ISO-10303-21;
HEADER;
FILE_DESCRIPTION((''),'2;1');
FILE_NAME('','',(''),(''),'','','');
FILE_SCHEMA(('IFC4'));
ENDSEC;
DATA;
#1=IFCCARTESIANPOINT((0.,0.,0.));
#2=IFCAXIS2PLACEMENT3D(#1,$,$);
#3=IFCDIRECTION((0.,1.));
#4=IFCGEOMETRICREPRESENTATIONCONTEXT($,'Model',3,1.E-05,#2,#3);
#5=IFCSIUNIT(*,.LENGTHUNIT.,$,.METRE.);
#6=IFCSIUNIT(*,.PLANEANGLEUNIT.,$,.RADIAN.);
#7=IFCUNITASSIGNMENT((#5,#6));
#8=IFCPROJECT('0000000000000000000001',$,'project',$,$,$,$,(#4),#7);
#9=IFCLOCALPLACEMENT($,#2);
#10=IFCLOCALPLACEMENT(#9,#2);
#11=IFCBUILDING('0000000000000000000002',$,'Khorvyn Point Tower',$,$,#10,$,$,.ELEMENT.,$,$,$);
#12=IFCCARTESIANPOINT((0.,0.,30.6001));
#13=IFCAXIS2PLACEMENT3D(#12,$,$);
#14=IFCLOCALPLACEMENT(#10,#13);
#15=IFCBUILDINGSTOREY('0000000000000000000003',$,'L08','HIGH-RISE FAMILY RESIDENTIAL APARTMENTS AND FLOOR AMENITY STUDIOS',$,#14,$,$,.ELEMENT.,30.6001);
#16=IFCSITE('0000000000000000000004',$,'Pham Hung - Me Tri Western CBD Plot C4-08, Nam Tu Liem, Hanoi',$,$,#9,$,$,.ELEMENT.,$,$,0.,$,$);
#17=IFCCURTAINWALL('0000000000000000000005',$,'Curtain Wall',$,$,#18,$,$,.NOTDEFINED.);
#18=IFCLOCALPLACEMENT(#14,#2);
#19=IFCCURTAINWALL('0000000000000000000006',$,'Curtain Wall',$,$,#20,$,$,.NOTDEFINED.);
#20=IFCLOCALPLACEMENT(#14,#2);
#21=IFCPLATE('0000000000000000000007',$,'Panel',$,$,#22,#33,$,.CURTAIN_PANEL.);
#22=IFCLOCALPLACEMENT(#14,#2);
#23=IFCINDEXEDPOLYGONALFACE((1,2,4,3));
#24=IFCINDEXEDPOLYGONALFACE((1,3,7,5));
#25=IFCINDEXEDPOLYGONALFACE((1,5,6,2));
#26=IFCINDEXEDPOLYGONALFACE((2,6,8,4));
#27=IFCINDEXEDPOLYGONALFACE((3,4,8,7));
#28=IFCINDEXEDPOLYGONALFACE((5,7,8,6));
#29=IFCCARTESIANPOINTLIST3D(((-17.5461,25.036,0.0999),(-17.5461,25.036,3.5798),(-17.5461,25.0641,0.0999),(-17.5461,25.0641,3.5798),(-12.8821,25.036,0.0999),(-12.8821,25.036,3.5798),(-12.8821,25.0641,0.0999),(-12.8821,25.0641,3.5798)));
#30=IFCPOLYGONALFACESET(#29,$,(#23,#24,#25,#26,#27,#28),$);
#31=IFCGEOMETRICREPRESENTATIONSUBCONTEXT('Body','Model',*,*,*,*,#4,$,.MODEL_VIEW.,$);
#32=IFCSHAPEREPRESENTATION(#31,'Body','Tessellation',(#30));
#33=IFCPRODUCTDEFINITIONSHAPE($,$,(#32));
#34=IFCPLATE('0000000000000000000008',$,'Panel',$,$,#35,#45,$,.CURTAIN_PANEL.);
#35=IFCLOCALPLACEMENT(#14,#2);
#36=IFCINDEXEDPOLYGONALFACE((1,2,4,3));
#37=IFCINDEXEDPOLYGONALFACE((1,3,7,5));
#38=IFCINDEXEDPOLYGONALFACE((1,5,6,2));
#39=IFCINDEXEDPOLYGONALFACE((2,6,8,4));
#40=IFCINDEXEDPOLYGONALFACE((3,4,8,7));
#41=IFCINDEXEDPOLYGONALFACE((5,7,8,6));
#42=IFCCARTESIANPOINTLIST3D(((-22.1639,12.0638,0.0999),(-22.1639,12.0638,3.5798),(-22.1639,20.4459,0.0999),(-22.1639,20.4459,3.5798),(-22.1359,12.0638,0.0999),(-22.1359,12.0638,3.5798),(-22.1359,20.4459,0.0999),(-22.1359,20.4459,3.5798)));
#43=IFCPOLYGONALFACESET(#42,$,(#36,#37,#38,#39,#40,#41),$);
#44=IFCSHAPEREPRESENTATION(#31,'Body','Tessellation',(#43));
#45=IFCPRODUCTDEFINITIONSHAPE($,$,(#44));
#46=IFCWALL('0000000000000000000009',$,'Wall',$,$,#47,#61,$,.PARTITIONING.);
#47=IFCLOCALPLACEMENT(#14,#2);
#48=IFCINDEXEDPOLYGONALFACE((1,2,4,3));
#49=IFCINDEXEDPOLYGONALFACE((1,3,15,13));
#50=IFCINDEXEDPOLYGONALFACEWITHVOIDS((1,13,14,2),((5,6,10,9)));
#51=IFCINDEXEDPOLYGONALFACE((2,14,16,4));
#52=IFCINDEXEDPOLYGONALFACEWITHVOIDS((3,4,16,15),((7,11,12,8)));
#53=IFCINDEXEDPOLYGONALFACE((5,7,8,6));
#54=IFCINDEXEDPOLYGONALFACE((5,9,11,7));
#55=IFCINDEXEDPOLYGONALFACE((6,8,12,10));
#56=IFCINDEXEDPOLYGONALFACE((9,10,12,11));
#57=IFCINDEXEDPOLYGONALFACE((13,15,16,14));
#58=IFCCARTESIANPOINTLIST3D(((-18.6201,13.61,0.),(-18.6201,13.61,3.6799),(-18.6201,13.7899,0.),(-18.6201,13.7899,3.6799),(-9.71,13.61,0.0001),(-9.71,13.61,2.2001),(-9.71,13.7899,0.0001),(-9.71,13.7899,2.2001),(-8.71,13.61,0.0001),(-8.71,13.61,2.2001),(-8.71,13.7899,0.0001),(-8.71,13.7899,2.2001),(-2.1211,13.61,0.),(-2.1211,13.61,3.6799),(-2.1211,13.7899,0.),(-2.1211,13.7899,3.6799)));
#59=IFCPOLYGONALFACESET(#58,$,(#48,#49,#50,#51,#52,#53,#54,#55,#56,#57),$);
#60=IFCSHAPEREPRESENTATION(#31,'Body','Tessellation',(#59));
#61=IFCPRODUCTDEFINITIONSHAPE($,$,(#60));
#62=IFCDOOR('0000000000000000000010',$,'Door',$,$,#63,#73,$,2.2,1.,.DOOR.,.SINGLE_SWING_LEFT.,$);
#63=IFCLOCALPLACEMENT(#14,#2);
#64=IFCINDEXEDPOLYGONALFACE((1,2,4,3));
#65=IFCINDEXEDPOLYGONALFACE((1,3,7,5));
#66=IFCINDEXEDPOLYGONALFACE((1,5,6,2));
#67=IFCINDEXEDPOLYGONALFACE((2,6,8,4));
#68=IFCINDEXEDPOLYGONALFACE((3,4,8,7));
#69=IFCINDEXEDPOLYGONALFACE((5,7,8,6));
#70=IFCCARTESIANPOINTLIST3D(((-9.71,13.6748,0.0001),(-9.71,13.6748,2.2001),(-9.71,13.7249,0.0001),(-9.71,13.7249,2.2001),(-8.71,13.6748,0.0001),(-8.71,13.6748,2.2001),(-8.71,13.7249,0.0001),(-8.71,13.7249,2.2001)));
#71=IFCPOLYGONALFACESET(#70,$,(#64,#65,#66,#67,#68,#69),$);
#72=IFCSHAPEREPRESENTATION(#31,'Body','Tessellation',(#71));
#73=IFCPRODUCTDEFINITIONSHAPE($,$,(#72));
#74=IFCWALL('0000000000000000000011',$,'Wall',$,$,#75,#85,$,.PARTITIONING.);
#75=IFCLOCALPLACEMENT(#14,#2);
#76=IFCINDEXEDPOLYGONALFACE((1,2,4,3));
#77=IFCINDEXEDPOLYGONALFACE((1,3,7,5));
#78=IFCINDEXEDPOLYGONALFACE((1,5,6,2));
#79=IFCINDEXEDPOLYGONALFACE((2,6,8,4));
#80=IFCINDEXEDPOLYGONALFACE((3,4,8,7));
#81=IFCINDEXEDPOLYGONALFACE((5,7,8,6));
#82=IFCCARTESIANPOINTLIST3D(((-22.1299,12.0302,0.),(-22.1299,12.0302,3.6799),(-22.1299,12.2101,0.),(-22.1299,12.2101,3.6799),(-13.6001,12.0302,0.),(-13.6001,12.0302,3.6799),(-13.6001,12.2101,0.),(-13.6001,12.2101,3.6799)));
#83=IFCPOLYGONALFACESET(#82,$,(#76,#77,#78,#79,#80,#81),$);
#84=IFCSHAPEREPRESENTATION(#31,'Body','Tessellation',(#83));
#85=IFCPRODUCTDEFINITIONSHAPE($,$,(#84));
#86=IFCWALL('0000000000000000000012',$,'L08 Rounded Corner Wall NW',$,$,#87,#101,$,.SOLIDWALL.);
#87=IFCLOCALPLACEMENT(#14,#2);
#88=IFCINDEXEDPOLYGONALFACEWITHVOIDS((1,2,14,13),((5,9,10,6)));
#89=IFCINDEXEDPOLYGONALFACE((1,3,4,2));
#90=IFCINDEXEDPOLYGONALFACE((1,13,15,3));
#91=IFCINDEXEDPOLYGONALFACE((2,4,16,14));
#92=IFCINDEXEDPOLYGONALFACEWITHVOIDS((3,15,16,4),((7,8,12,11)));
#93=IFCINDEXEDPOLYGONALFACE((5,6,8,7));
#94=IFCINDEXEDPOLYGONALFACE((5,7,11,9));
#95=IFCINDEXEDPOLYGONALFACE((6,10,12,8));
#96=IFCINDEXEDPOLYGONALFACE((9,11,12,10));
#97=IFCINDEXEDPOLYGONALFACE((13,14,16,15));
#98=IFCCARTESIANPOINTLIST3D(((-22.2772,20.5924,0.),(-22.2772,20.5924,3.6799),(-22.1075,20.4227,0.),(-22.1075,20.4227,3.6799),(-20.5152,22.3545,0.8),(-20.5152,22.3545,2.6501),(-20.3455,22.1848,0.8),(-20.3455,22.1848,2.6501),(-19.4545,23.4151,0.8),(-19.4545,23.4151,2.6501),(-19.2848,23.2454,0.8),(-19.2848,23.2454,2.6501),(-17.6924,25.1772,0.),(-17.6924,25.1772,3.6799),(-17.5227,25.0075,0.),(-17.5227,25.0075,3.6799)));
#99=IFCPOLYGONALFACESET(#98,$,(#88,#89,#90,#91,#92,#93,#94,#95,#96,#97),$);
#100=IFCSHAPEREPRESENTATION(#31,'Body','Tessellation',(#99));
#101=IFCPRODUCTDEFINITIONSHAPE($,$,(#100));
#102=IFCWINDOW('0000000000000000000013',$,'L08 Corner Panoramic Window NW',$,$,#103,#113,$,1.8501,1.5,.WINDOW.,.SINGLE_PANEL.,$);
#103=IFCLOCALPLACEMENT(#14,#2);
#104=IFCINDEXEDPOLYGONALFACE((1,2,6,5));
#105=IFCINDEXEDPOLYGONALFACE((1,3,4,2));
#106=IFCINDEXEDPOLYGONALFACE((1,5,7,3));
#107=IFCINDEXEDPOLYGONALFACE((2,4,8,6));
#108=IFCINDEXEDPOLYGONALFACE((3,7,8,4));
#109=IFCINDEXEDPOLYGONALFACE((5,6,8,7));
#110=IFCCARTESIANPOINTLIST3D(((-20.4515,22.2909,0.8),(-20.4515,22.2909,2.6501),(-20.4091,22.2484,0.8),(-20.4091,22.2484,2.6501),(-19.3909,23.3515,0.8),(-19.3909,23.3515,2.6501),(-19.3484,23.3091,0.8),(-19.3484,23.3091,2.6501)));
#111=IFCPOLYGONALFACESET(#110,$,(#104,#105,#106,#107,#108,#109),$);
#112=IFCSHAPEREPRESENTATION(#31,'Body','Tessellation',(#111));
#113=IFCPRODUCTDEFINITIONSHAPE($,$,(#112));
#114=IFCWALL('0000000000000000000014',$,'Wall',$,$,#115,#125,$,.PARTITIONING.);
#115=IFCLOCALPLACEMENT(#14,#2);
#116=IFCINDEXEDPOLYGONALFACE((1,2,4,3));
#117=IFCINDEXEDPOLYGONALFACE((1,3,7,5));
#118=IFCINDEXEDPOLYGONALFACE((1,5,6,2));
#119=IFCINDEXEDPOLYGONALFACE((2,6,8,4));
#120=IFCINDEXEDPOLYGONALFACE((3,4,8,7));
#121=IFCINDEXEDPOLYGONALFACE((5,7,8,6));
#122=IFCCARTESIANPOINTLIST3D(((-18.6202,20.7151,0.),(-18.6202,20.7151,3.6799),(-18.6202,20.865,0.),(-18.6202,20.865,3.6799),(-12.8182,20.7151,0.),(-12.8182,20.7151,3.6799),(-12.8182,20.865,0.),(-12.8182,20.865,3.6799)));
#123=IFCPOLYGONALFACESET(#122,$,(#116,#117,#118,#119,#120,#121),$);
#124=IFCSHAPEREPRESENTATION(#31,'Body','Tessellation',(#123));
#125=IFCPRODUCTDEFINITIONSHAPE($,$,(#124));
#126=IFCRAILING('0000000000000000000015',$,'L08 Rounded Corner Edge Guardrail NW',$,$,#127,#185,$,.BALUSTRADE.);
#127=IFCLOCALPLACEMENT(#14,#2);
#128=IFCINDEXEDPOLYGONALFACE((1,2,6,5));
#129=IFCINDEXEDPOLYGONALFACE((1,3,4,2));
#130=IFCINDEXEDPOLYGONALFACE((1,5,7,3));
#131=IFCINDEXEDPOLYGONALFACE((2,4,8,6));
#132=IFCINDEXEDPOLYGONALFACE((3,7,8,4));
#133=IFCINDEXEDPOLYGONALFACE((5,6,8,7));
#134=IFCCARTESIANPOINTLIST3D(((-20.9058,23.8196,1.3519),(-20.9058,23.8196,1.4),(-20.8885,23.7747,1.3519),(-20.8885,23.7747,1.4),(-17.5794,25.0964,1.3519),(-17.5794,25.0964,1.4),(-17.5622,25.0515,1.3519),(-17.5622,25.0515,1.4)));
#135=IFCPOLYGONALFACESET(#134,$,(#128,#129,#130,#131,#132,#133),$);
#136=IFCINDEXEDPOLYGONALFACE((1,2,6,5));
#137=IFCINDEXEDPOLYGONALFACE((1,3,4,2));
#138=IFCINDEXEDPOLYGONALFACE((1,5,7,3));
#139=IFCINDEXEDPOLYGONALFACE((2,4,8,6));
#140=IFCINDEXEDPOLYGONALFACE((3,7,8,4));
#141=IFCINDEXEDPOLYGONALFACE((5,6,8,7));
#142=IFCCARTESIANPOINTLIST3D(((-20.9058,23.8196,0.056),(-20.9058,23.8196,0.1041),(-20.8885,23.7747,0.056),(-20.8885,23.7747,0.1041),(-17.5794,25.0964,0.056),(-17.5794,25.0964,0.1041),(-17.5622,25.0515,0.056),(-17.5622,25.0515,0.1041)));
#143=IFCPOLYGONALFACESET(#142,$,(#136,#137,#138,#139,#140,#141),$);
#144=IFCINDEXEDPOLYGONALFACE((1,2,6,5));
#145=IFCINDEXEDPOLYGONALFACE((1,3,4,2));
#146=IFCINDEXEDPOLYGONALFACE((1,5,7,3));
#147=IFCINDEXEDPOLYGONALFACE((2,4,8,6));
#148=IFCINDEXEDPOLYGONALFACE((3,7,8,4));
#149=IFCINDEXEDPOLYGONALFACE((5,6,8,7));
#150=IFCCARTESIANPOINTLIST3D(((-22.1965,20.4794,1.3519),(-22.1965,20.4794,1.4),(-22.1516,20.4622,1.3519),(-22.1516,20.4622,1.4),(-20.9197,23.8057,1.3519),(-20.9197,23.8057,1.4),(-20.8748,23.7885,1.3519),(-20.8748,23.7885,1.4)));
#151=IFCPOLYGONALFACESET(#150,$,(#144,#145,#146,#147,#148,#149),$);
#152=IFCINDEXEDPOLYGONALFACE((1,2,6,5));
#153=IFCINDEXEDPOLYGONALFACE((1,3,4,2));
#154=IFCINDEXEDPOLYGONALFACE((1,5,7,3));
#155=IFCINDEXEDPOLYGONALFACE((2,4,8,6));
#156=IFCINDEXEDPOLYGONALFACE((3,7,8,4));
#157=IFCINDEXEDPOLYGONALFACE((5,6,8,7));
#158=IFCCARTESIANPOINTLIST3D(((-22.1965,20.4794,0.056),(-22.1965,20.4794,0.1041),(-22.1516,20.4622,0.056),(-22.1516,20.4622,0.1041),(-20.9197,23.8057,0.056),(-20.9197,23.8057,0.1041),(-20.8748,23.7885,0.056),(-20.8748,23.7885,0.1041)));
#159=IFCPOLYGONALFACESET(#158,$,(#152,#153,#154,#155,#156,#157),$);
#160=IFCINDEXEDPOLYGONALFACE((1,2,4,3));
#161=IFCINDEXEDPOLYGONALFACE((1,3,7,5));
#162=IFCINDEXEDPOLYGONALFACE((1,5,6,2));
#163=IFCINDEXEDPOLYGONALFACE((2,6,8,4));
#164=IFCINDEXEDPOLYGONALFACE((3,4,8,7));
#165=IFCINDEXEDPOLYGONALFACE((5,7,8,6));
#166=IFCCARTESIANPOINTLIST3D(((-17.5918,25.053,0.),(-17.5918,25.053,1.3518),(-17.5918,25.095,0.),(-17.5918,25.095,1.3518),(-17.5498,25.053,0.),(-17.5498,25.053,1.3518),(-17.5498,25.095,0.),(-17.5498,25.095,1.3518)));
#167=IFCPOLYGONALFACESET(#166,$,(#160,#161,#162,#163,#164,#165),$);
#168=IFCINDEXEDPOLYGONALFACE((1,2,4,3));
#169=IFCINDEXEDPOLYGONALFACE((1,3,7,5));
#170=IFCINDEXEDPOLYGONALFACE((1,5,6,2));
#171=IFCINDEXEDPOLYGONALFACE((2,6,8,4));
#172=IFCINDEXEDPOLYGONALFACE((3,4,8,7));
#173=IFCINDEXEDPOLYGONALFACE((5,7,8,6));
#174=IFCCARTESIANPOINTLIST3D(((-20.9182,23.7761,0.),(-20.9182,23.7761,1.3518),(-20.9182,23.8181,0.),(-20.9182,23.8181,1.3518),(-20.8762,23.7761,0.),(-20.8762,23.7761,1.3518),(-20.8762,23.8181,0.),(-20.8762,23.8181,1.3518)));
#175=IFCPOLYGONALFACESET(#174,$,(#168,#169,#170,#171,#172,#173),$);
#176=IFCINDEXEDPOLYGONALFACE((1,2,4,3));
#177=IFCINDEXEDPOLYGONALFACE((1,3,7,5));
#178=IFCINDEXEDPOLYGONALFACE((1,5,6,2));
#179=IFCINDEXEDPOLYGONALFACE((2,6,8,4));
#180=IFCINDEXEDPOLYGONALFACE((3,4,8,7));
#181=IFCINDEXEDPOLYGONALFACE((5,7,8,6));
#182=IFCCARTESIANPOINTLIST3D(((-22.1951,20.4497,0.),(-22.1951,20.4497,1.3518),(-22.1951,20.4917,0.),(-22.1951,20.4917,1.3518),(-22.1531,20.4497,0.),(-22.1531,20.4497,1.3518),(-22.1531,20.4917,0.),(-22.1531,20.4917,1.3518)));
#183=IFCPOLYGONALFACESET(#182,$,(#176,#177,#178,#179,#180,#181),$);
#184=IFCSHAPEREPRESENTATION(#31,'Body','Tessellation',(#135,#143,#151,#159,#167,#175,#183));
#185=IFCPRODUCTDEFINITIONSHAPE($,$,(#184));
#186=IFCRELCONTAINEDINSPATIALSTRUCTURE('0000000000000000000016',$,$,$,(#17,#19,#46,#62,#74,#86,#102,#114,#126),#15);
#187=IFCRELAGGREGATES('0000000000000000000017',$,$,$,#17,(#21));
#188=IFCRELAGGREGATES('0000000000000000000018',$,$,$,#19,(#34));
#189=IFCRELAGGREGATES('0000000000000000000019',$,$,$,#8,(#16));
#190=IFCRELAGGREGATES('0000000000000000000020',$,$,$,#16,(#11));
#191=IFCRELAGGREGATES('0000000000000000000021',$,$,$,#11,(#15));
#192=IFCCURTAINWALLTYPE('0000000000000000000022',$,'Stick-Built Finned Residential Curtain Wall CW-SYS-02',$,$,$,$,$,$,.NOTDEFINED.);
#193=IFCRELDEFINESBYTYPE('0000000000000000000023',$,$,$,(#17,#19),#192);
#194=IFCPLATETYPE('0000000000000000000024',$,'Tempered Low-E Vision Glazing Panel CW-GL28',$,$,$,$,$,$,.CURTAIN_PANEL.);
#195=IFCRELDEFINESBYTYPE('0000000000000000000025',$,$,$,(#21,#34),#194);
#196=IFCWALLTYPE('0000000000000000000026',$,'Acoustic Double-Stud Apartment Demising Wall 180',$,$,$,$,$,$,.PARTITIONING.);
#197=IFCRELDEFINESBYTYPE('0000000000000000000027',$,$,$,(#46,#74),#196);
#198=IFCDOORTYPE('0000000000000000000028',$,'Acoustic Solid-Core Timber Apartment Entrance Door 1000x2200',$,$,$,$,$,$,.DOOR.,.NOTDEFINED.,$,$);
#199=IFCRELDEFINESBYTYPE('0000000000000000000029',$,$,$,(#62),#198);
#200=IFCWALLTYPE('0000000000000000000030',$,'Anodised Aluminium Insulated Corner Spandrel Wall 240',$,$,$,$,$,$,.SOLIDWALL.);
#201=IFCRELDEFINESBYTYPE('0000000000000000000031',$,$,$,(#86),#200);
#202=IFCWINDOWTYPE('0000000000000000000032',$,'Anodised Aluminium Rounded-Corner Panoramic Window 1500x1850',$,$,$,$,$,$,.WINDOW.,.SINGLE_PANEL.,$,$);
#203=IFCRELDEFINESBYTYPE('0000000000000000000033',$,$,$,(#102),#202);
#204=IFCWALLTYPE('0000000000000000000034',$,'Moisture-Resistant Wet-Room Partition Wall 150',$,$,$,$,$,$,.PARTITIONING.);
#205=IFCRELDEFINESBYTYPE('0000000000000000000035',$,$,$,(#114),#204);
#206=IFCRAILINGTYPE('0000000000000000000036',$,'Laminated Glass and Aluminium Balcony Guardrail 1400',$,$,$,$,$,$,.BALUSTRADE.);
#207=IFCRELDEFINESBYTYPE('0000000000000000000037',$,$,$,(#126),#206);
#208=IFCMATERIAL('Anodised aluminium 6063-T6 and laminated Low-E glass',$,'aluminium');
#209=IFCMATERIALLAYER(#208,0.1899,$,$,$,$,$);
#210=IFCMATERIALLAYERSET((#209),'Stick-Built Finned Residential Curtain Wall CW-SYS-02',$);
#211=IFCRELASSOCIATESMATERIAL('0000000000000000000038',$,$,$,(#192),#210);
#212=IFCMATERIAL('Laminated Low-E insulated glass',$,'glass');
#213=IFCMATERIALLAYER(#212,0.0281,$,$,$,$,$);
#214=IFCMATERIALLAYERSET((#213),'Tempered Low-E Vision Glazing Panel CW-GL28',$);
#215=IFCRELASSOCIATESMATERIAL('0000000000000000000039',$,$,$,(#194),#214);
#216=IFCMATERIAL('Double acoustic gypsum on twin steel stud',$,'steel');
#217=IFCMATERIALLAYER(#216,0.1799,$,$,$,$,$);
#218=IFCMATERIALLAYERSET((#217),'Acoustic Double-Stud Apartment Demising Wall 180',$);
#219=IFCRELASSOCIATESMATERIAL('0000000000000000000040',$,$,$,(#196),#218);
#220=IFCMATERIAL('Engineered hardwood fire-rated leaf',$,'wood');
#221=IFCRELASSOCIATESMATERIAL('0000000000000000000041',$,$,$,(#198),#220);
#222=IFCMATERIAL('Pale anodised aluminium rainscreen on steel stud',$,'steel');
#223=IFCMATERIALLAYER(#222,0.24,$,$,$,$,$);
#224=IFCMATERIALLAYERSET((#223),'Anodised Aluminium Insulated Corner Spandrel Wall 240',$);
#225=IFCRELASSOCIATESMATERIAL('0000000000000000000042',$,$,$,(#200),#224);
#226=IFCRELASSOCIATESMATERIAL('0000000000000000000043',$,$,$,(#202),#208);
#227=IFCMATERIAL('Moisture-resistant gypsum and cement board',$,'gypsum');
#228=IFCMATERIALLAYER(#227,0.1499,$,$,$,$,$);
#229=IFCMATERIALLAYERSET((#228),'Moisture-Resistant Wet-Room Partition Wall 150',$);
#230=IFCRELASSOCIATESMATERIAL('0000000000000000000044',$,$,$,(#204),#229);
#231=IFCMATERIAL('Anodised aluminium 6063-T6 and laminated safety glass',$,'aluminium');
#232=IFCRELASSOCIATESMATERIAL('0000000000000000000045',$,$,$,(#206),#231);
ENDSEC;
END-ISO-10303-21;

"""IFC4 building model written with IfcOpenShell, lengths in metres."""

from ifc_helpers import new_model, si_unit, direction, frame, frame_2d, origin, origin_2d, place, context, subcontext, project, spatial, rectangle, extrude, material, layer, layer_set, type_object, element, fill, aggregate, save


model = new_model("IFC4")

# Units and contexts
model_context = context("Model", 3, precision=1e-05, world=origin(), true_north=direction((0.0, 1.0)))
body_context = subcontext(model_context, "Body", "Model", "MODEL_VIEW")
ifc_project = project(units=[si_unit("LENGTHUNIT", "METRE"), si_unit("PLANEANGLEUNIT", "RADIAN")], contexts=[model_context])

# Site, building, storey
site_placement = place(None, origin())
site = spatial("IfcSite", under=ifc_project, at=site_placement, Name="Pham Hung - Me Tri Western CBD Plot C4-08, Nam Tu Liem, Hanoi", CompositionType="ELEMENT", RefElevation=0.0)
building_placement = place(site_placement, origin())
building = spatial("IfcBuilding", under=site, at=building_placement, Name="Khorvyn Point Tower", CompositionType="ELEMENT")
storey_placement = place(building_placement, frame((0.0, 0.0, 30.6001)))
storey = spatial("IfcBuildingStorey", under=building, at=storey_placement, Name="L08", Description="HIGH-RISE FAMILY RESIDENTIAL APARTMENTS AND FLOOR AMENITY STUDIOS", CompositionType="ELEMENT", Elevation=30.6001)

# Curtain walls
ifc_material_1 = material(Name="Anodised aluminium 6063-T6 and laminated Low-E glass", Category="aluminium")
ifc_layer_1 = layer(ifc_material_1, 0.1899)
ifc_layer_set_1 = layer_set([ifc_layer_1], Name="Stick-Built Finned Residential Curtain Wall CW-SYS-02")
curtain_wall_type = type_object("IfcCurtainWallType", Name="Stick-Built Finned Residential Curtain Wall CW-SYS-02", PredefinedType="NOTDEFINED", material=ifc_layer_set_1)
curtain_wall_1_placement = place(storey_placement, origin())
curtain_wall_1 = element("IfcCurtainWall", 1, at=curtain_wall_1_placement, inside=storey, type_object=curtain_wall_type, Name="Curtain Wall", PredefinedType="NOTDEFINED")
curtain_wall_2_placement = place(storey_placement, origin())
curtain_wall_2 = element("IfcCurtainWall", 2, at=curtain_wall_2_placement, inside=storey, type_object=curtain_wall_type, Name="Curtain Wall", PredefinedType="NOTDEFINED")

# Plates
ifc_material_2 = material(Name="Laminated Low-E insulated glass", Category="glass")
ifc_layer_2 = layer(ifc_material_2, 0.0281)
ifc_layer_set_2 = layer_set([ifc_layer_2], Name="Tempered Low-E Vision Glazing Panel CW-GL28")
plate_type = type_object("IfcPlateType", Name="Tempered Low-E Vision Glazing Panel CW-GL28", PredefinedType="CURTAIN_PANEL", material=ifc_layer_set_2)
plate_1_placement = place(storey_placement, frame((-15.2141, 25.05, 0.0999), z_axis=(0.0, 0.0, 1.0), x_axis=(1.0, 0.0, 0.0)))
plate_1 = element("IfcPlate", 3, at=plate_1_placement, type_object=plate_type, Name="Panel", PredefinedType="CURTAIN_PANEL", context=body_context, shape_type="SweptSolid", body=[
    extrude(rectangle(XDim=4.6641, YDim=0.0281, at=origin_2d()), origin(), (0.0, 0.0, 1.0), 3.48),
])
aggregate(curtain_wall_1, [plate_1])
plate_2_placement = place(storey_placement, frame((-22.1499, 16.2549, 0.0999), z_axis=(0.0, 0.0, 1.0), x_axis=(0.0, 1.0, 0.0)))
plate_2 = element("IfcPlate", 4, at=plate_2_placement, type_object=plate_type, Name="Panel", PredefinedType="CURTAIN_PANEL", context=body_context, shape_type="SweptSolid", body=[
    extrude(rectangle(XDim=8.3821, YDim=0.0281, at=origin_2d()), origin(), (0.0, 0.0, 1.0), 3.48),
])
aggregate(curtain_wall_2, [plate_2])

# Wall, opening, door
ifc_material_3 = material(Name="Double acoustic gypsum on twin steel stud", Category="steel")
ifc_layer_3 = layer(ifc_material_3, 0.1799)
ifc_layer_set_3 = layer_set([ifc_layer_3], Name="Acoustic Double-Stud Apartment Demising Wall 180")
wall_type_1 = type_object("IfcWallType", Name="Acoustic Double-Stud Apartment Demising Wall 180", PredefinedType="PARTITIONING", material=ifc_layer_set_3)
wall_1_placement = place(storey_placement, frame((-18.6201, 13.7, 0.0), z_axis=(0.0, 0.0, 1.0), x_axis=(1.0, 0.0, 0.0)))
wall_1 = element("IfcWall", 5, at=wall_1_placement, inside=storey, type_object=wall_type_1, Name="Wall", PredefinedType="PARTITIONING", context=body_context, shape_type="SweptSolid", body=[
    extrude(rectangle(XDim=16.499, YDim=0.1799, at=frame_2d((8.2495, 0.0))), origin(), (0.0, 0.0, 1.0), 3.6799),
])
opening_1_placement = place(wall_1_placement, frame((8.9102, 0.0, 0.0)))
opening_1 = element("IfcOpeningElement", 6, at=opening_1_placement, cuts=wall_1, PredefinedType="OPENING", context=body_context, shape_type="SweptSolid", body=[
    extrude(rectangle(XDim=1.0, YDim=2.2, at=frame_2d((0.5, 1.1001))), frame((0.0, 0.0999, 0.0), z_axis=(0.0, -1.0, 0.0), x_axis=(1.0, 0.0, 0.0)), (0.0, 0.0, 1.0), 0.2),
])
ifc_material_4 = material(Name="Engineered hardwood fire-rated leaf", Category="wood")
door_type = type_object("IfcDoorType", Name="Acoustic Solid-Core Timber Apartment Entrance Door 1000x2200", OperationType="NOTDEFINED", PredefinedType="DOOR", material=ifc_material_4)
door_placement = place(opening_1_placement, origin())
door = element("IfcDoor", 7, at=door_placement, inside=storey, type_object=door_type, Name="Door", OperationType="SINGLE_SWING_LEFT", OverallHeight=2.2, OverallWidth=1.0, PredefinedType="DOOR", context=body_context, shape_type="SweptSolid", body=[
    extrude(rectangle(XDim=1.0, YDim=2.2, at=frame_2d((0.5, 1.1001))), frame((0.0, 0.0249, 0.0), z_axis=(0.0, -1.0, 0.0), x_axis=(1.0, 0.0, 0.0)), (0.0, 0.0, 1.0), 0.05),
])
fill(opening_1, door)

# Wall
wall_2_placement = place(storey_placement, frame((-22.1299, 12.1201, 0.0), z_axis=(0.0, 0.0, 1.0), x_axis=(1.0, 0.0, 0.0)))
element("IfcWall", 8, at=wall_2_placement, inside=storey, type_object=wall_type_1, Name="Wall", PredefinedType="PARTITIONING", context=body_context, shape_type="SweptSolid", body=[
    extrude(rectangle(XDim=8.5298, YDim=0.1799, at=frame_2d((4.2649, 0.0))), origin(), (0.0, 0.0, 1.0), 3.6799),
])

# Wall, opening, window
ifc_material_5 = material(Name="Pale anodised aluminium rainscreen on steel stud", Category="steel")
ifc_layer_4 = layer(ifc_material_5, 0.24)
ifc_layer_set_4 = layer_set([ifc_layer_4], Name="Anodised Aluminium Insulated Corner Spandrel Wall 240")
wall_type_2 = type_object("IfcWallType", Name="Anodised Aluminium Insulated Corner Spandrel Wall 240", PredefinedType="SOLIDWALL", material=ifc_layer_set_4)
wall_3_placement = place(storey_placement, frame((-22.1924, 20.5076, 0.0), z_axis=(0.0, 0.0, 1.0), x_axis=(0.707107, 0.707107, 0.0)))
wall_3 = element("IfcWall", 9, at=wall_3_placement, inside=storey, type_object=wall_type_2, Name="L08 Rounded Corner Wall NW", PredefinedType="SOLIDWALL", context=body_context, shape_type="SweptSolid", body=[
    extrude(rectangle(XDim=6.4839, YDim=0.24, at=frame_2d((3.2419, 0.0))), origin(), (0.0, 0.0, 1.0), 3.6799),
])
opening_2_placement = place(wall_3_placement, frame((2.4919, 0.0, 0.8)))
opening_2 = element("IfcOpeningElement", 10, at=opening_2_placement, cuts=wall_3, PredefinedType="OPENING", context=body_context, shape_type="SweptSolid", body=[
    extrude(rectangle(XDim=1.5, YDim=1.8501, at=frame_2d((0.75, 0.925))), frame((0.0, 0.1299, 0.0), z_axis=(0.0, -1.0, 0.0), x_axis=(1.0, 0.0, 0.0)), (0.0, 0.0, 1.0), 0.26),
])
window_type = type_object("IfcWindowType", Name="Anodised Aluminium Rounded-Corner Panoramic Window 1500x1850", PartitioningType="SINGLE_PANEL", PredefinedType="WINDOW", material=ifc_material_1)
window_placement = place(opening_2_placement, origin())
window = element("IfcWindow", 11, at=window_placement, inside=storey, type_object=window_type, Name="L08 Corner Panoramic Window NW", OverallHeight=1.8501, OverallWidth=1.5, PartitioningType="SINGLE_PANEL", PredefinedType="WINDOW", context=body_context, shape_type="SweptSolid", body=[
    extrude(rectangle(XDim=1.5, YDim=1.8501, at=frame_2d((0.75, 0.925))), frame((0.0, 0.03, 0.0), z_axis=(0.0, -1.0, 0.0), x_axis=(1.0, 0.0, 0.0)), (0.0, 0.0, 1.0), 0.0601),
])
fill(opening_2, window)

# Wall
ifc_material_6 = material(Name="Moisture-resistant gypsum and cement board", Category="gypsum")
ifc_layer_5 = layer(ifc_material_6, 0.1499)
ifc_layer_set_5 = layer_set([ifc_layer_5], Name="Moisture-Resistant Wet-Room Partition Wall 150")
wall_type_3 = type_object("IfcWallType", Name="Moisture-Resistant Wet-Room Partition Wall 150", PredefinedType="PARTITIONING", material=ifc_layer_set_5)
wall_4_placement = place(storey_placement, frame((-18.6201, 20.79, 0.0), z_axis=(0.0, 0.0, 1.0), x_axis=(1.0, 0.0, 0.0)))
element("IfcWall", 12, at=wall_4_placement, inside=storey, type_object=wall_type_3, Name="Wall", PredefinedType="PARTITIONING", context=body_context, shape_type="SweptSolid", body=[
    extrude(rectangle(XDim=5.802, YDim=0.1499, at=frame_2d((2.9009, 0.0))), origin(), (0.0, 0.0, 1.0), 3.6799),
])

# Railing
ifc_material_7 = material(Name="Anodised aluminium 6063-T6 and laminated safety glass", Category="aluminium")
railing_type = type_object("IfcRailingType", Name="Laminated Glass and Aluminium Balcony Guardrail 1400", PredefinedType="BALUSTRADE", material=ifc_material_7)
railing_1_placement = place(storey_placement, frame((-17.5708, 25.074, 0.0)))
element("IfcRailing", 13, at=railing_1_placement, inside=storey, type_object=railing_type, Name="L08 Rounded Corner Edge Guardrail NW", PredefinedType="BALUSTRADE", context=body_context, shape_type="SweptSolid", body=[
    extrude(rectangle(XDim=0.0481, YDim=0.0481, at=origin_2d()), frame((0.0, 0.0, 1.376), z_axis=(-0.933584, -0.358359, 0.0), x_axis=(0.358359, -0.933584, 0.0)), (0.0, 0.0, 1.0), 3.563),
    extrude(rectangle(XDim=0.0481, YDim=0.0481, at=origin_2d()), frame((0.0, 0.0, 0.0801), z_axis=(-0.933584, -0.358359, 0.0), x_axis=(0.358359, -0.933584, 0.0)), (0.0, 0.0, 1.0), 3.563),
    extrude(rectangle(XDim=0.0481, YDim=0.0481, at=origin_2d()), frame((-3.3264, -1.2769, 1.376), z_axis=(-0.358359, -0.933584, 0.0), x_axis=(0.933584, -0.358359, 0.0)), (0.0, 0.0, 1.0), 3.563),
    extrude(rectangle(XDim=0.0481, YDim=0.0481, at=origin_2d()), frame((-3.3264, -1.2769, 0.0801), z_axis=(-0.358359, -0.933584, 0.0), x_axis=(0.933584, -0.358359, 0.0)), (0.0, 0.0, 1.0), 3.563),
    extrude(rectangle(XDim=0.042, YDim=0.042, at=origin_2d()), origin(), (0.0, 0.0, 1.0), 1.3518),
    extrude(rectangle(XDim=0.042, YDim=0.042, at=origin_2d()), frame((-3.3264, -1.2769, 0.0)), (0.0, 0.0, 1.0), 1.3518),
    extrude(rectangle(XDim=0.042, YDim=0.042, at=origin_2d()), frame((-4.6033, -4.6033, 0.0)), (0.0, 0.0, 1.0), 1.3518),
])

save(model, "model.ifc")
